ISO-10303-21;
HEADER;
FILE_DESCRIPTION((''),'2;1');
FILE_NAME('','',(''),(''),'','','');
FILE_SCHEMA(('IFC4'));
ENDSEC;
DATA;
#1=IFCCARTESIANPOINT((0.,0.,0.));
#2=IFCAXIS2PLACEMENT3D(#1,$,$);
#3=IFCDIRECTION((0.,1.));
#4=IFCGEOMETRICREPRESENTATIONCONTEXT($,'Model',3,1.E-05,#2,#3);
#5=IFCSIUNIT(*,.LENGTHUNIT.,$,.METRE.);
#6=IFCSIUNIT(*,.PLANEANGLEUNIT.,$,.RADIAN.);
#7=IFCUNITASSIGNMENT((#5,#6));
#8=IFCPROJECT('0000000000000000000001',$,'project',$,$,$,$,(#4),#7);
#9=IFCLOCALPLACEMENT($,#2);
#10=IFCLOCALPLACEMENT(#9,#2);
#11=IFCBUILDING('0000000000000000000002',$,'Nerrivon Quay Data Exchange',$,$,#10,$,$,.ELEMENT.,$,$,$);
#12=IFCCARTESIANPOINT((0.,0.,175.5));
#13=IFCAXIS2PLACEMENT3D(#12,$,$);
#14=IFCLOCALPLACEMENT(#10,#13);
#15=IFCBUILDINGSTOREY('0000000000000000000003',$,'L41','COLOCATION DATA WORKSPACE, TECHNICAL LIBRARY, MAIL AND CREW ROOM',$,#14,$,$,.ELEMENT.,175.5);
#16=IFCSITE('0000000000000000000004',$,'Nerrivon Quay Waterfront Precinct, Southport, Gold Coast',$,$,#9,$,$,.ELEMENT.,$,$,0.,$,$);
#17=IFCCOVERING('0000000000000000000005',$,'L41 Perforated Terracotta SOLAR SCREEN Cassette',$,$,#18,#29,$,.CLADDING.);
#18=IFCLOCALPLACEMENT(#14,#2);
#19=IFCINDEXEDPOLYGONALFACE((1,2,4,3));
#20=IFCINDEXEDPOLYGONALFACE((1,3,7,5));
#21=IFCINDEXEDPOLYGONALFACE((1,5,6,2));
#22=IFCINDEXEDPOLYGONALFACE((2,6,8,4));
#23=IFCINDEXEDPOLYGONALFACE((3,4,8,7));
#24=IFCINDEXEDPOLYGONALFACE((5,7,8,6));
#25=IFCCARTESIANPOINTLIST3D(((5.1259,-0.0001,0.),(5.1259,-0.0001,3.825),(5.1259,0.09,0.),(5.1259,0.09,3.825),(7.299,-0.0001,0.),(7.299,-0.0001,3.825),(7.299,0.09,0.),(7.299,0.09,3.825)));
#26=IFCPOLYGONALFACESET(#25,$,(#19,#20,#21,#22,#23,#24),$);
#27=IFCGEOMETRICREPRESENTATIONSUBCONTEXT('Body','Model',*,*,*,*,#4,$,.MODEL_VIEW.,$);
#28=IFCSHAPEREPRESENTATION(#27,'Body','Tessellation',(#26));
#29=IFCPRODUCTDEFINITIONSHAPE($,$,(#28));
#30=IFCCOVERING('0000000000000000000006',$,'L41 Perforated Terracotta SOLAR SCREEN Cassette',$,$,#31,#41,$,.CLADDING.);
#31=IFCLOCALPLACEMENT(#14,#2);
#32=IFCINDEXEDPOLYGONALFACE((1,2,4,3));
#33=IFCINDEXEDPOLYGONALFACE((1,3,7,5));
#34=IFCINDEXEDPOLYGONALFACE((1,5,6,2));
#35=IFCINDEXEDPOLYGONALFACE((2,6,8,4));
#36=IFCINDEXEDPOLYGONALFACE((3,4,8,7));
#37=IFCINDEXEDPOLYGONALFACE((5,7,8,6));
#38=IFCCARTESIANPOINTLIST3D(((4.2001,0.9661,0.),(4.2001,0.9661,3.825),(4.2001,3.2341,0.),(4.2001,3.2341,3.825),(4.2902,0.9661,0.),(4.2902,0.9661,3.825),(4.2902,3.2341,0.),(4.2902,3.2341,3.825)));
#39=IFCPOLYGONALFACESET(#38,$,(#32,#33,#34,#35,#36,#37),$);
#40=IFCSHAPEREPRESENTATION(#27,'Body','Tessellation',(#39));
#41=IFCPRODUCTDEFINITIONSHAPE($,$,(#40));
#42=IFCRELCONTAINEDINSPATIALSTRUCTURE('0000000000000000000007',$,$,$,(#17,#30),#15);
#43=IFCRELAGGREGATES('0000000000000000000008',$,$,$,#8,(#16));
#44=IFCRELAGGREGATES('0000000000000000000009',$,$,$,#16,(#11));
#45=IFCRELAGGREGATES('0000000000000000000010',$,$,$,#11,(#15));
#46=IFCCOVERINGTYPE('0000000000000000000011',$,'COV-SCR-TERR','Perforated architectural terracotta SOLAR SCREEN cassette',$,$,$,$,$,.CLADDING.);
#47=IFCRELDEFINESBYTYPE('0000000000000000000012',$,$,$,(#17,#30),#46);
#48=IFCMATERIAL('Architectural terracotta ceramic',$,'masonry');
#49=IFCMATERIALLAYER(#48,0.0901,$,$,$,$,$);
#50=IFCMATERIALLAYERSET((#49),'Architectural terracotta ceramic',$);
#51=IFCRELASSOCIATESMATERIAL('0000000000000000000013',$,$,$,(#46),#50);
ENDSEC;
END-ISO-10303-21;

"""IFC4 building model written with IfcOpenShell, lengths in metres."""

from ifc_helpers import new_model, si_unit, direction, frame, origin, origin_2d, place, context, subcontext, project, spatial, rectangle, extrude, material, layer, layer_set, type_object, element, save


model = new_model("IFC4")

# Units and contexts
model_context = context("Model", 3, precision=1e-05, world=origin(), true_north=direction((0.0, 1.0)))
body_context = subcontext(model_context, "Body", "Model", "MODEL_VIEW")
ifc_project = project(units=[si_unit("LENGTHUNIT", "METRE"), si_unit("PLANEANGLEUNIT", "RADIAN")], contexts=[model_context])

# Site, building, storey
site_placement = place(None, origin())
site = spatial("IfcSite", under=ifc_project, at=site_placement, Name="Nerrivon Quay Waterfront Precinct, Southport, Gold Coast", CompositionType="ELEMENT", RefElevation=0.0)
building_placement = place(site_placement, origin())
building = spatial("IfcBuilding", under=site, at=building_placement, Name="Nerrivon Quay Data Exchange", CompositionType="ELEMENT")
storey_placement = place(building_placement, frame((0.0, 0.0, 175.5)))
storey = spatial("IfcBuildingStorey", under=building, at=storey_placement, Name="L41", Description="COLOCATION DATA WORKSPACE, TECHNICAL LIBRARY, MAIL AND CREW ROOM", CompositionType="ELEMENT", Elevation=175.5)

# Coverings
ifc_material_1 = material(Name="Architectural terracotta ceramic", Category="masonry")
ifc_layer_1 = layer(ifc_material_1, 0.0901)
ifc_layer_set_1 = layer_set([ifc_layer_1], Name="Architectural terracotta ceramic")
covering_type = type_object("IfcCoveringType", Name="COV-SCR-TERR", Description="Perforated architectural terracotta SOLAR SCREEN cassette", PredefinedType="CLADDING", material=ifc_layer_set_1)
covering_1_placement = place(storey_placement, frame((6.2124, 0.0449, 0.0), z_axis=(0.0, 0.0, 1.0), x_axis=(-1.0, 0.0, 0.0)))
element("IfcCovering", 1, at=covering_1_placement, inside=storey, type_object=covering_type, Name="L41 Perforated Terracotta SOLAR SCREEN Cassette", PredefinedType="CLADDING", context=body_context, shape_type="SweptSolid", body=[
    extrude(rectangle(XDim=2.1731, YDim=0.0901, at=origin_2d()), origin(), (0.0, 0.0, 1.0), 3.825),
])
covering_2_placement = place(storey_placement, frame((4.2451, 2.1001, 0.0), z_axis=(0.0, 0.0, 1.0), x_axis=(0.0, 1.0, 0.0)))
element("IfcCovering", 2, at=covering_2_placement, inside=storey, type_object=covering_type, Name="L41 Perforated Terracotta SOLAR SCREEN Cassette", PredefinedType="CLADDING", context=body_context, shape_type="SweptSolid", body=[
    extrude(rectangle(XDim=2.2681, YDim=0.0901, at=origin_2d()), origin(), (0.0, 0.0, 1.0), 3.825),
])

save(model, "model.ifc")
